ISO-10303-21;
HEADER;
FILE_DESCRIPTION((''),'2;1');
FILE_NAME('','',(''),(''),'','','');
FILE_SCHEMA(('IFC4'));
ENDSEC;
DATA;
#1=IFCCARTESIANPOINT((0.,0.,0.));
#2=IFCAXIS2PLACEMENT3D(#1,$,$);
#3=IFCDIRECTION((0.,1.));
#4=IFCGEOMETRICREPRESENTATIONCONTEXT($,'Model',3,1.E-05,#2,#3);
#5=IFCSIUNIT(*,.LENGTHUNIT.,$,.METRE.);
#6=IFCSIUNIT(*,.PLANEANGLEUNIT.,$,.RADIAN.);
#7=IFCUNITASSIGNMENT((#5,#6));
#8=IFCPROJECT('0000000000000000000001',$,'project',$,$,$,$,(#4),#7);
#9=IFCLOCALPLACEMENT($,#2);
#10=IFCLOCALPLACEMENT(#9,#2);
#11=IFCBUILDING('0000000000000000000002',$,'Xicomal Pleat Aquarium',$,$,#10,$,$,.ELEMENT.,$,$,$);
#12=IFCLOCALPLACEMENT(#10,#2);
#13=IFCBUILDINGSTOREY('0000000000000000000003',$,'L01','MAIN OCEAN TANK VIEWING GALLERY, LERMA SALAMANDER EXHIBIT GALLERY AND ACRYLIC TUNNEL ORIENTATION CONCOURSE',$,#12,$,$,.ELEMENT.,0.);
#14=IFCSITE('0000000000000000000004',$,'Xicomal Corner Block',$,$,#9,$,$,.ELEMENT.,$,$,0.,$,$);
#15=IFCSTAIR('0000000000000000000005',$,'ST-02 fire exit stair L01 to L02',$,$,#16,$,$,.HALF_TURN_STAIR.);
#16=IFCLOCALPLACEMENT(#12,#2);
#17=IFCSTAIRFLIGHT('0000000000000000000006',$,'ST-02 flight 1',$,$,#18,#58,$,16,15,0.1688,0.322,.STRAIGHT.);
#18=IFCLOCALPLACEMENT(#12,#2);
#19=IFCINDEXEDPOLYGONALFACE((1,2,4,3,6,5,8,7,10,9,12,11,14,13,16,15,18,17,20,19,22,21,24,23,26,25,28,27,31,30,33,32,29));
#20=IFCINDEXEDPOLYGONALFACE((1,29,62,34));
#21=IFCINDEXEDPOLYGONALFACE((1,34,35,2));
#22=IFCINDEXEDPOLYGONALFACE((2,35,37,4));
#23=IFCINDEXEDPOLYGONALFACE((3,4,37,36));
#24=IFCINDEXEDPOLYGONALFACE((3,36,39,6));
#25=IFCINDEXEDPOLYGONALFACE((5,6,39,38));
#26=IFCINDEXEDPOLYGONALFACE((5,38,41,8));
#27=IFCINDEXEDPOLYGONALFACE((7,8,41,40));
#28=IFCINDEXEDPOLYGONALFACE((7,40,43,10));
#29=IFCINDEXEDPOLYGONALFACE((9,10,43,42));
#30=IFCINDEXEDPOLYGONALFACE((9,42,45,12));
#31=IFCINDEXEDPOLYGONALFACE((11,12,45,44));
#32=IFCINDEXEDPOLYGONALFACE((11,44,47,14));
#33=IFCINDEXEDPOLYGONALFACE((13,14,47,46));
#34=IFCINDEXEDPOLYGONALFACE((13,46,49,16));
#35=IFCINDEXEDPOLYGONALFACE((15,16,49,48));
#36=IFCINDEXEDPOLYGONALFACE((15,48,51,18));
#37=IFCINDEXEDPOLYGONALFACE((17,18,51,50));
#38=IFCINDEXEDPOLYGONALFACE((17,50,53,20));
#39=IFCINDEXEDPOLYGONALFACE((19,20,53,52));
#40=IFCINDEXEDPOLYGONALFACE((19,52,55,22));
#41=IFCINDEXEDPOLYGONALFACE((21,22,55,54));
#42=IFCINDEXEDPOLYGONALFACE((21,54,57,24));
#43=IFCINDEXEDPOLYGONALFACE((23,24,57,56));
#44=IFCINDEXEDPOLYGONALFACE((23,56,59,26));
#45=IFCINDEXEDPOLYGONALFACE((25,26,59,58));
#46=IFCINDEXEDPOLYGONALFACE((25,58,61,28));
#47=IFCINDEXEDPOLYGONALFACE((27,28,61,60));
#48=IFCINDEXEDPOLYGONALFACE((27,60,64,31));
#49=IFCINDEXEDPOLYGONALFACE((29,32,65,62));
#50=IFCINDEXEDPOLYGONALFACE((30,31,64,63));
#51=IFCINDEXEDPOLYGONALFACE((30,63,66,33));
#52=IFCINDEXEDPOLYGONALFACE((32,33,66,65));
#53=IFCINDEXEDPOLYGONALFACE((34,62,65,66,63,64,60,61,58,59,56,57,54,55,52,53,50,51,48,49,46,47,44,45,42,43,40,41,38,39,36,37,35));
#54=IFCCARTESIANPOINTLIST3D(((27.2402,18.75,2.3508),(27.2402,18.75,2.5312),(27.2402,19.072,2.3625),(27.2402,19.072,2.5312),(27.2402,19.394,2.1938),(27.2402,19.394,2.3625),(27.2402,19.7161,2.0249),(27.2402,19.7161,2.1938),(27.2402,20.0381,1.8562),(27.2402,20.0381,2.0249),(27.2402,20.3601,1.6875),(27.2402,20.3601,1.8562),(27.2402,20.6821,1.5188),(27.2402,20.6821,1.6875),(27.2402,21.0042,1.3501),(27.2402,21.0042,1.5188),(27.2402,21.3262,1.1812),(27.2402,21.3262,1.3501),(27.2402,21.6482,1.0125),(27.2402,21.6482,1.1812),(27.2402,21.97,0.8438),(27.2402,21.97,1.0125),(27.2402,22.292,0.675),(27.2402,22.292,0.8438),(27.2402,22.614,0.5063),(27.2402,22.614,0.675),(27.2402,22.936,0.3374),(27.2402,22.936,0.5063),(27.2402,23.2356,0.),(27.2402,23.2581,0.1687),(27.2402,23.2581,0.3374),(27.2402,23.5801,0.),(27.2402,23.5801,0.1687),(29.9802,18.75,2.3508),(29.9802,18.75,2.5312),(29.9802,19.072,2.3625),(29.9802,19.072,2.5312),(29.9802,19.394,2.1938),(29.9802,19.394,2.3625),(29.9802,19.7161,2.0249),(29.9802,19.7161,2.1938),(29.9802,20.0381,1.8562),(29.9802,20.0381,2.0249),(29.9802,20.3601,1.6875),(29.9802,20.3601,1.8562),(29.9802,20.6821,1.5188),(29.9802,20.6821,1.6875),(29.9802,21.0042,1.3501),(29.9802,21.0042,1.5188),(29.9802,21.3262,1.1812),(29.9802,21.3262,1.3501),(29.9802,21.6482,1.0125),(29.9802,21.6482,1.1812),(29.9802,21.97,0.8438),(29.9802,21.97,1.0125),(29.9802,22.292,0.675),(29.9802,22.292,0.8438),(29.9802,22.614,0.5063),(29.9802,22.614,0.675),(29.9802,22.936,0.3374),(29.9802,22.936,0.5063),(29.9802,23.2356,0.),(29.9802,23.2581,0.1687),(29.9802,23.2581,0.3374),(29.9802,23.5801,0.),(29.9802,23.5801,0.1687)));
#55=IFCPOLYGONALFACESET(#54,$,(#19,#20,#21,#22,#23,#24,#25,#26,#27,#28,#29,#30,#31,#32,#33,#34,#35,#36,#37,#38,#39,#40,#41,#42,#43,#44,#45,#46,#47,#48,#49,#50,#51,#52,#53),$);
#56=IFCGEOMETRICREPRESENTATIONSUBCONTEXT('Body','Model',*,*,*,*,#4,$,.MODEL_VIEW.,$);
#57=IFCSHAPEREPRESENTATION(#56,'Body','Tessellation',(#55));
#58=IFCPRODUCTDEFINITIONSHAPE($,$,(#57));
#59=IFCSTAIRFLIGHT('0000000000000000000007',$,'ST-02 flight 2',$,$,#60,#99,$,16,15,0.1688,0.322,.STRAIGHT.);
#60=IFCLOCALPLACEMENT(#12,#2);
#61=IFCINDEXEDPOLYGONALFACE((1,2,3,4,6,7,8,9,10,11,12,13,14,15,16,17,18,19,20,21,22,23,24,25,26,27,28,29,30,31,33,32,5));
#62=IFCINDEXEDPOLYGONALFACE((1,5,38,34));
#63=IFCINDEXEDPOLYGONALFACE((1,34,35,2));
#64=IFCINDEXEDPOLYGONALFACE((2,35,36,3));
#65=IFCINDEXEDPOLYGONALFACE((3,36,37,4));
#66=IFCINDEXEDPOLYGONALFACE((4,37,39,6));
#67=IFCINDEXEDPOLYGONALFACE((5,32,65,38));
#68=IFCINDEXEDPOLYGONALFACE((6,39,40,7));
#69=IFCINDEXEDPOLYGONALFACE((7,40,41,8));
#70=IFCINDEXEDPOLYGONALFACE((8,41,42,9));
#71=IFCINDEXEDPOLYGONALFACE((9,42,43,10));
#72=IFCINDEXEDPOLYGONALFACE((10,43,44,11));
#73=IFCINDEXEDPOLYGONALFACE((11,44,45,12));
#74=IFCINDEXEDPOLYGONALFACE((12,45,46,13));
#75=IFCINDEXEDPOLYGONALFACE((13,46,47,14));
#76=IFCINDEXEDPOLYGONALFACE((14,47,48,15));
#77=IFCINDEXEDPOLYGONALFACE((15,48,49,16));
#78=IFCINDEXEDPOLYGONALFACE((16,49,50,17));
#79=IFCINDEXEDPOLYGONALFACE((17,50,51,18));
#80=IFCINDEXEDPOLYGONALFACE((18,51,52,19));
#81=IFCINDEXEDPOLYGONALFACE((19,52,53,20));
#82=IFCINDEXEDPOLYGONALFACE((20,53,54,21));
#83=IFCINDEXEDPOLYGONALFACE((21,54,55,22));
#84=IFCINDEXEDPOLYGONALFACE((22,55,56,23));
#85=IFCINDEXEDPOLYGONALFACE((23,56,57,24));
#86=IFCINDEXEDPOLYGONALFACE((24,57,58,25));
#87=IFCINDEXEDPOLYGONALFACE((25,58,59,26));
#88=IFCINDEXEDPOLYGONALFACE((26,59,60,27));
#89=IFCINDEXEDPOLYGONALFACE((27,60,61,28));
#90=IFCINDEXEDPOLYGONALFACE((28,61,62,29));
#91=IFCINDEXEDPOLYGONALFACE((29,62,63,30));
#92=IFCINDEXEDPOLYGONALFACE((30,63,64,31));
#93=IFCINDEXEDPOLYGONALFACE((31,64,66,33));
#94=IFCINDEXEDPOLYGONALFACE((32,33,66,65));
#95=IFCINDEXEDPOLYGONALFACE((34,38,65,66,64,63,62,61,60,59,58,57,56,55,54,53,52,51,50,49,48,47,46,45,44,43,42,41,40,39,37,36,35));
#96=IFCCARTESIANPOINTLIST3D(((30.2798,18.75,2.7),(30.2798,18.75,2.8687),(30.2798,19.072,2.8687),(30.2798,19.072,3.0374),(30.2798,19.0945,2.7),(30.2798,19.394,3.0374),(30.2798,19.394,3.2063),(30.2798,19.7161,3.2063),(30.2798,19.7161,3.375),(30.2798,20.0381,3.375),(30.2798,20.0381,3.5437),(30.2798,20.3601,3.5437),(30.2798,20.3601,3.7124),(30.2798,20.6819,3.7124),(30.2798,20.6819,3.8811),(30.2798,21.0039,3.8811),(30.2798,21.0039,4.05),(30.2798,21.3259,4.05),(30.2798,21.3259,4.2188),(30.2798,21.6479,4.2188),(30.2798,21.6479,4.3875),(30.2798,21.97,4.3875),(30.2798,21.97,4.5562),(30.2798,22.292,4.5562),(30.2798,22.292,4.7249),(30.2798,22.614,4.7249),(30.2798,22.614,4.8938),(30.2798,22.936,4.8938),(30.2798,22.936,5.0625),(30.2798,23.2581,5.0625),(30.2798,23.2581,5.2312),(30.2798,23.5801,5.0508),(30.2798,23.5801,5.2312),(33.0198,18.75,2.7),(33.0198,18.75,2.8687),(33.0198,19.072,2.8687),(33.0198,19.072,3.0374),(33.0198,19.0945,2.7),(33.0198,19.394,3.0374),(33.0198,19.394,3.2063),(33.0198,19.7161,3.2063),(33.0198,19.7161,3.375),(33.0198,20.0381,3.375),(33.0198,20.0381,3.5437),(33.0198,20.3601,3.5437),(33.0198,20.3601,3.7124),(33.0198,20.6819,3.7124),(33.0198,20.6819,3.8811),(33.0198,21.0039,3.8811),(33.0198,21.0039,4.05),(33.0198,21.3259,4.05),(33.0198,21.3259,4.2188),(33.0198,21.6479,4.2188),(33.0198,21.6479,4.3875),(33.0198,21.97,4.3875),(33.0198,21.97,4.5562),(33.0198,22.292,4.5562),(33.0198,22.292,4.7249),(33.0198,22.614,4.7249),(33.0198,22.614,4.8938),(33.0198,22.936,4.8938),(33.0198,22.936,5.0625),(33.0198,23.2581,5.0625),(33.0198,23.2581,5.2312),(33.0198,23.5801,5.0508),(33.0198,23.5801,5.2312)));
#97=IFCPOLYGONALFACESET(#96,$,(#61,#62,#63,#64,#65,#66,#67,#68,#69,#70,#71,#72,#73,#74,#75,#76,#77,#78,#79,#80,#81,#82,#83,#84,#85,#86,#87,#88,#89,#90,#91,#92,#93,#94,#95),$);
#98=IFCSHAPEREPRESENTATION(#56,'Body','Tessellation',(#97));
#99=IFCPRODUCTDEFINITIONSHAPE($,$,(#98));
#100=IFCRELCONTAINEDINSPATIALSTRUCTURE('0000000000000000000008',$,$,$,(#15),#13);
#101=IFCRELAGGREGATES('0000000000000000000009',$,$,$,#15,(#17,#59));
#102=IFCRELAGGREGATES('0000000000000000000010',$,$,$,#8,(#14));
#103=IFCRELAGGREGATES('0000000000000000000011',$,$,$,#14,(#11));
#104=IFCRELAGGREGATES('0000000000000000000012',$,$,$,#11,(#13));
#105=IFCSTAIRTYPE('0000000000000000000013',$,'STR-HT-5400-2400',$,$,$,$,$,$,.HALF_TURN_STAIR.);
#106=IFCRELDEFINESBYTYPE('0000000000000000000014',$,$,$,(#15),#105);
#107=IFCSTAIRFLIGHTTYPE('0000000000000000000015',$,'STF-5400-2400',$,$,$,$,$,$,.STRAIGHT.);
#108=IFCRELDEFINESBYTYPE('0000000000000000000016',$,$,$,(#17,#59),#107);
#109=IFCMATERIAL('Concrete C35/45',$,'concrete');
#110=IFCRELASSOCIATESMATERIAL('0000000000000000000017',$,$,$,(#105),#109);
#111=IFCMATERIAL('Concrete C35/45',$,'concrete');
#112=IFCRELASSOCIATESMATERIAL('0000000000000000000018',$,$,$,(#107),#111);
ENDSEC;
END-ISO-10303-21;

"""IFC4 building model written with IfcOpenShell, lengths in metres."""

from ifc_helpers import new_model, si_unit, direction, frame, origin, place, context, subcontext, project, spatial, polyline, outline, extrude, material, type_object, element, aggregate, save


model = new_model("IFC4")

# Units and contexts
model_context = context("Model", 3, precision=1e-05, world=origin(), true_north=direction((0.0, 1.0)))
body_context = subcontext(model_context, "Body", "Model", "MODEL_VIEW")
ifc_project = project(units=[si_unit("LENGTHUNIT", "METRE"), si_unit("PLANEANGLEUNIT", "RADIAN")], contexts=[model_context])

# Site, building, storey
site_placement = place(None, origin())
site = spatial("IfcSite", under=ifc_project, at=site_placement, Name="Xicomal Corner Block", CompositionType="ELEMENT", RefElevation=0.0)
building_placement = place(site_placement, origin())
building = spatial("IfcBuilding", under=site, at=building_placement, Name="Xicomal Pleat Aquarium", CompositionType="ELEMENT")
storey_placement = place(building_placement, origin())
storey = spatial("IfcBuildingStorey", under=building, at=storey_placement, Name="L01", Description="MAIN OCEAN TANK VIEWING GALLERY, LERMA SALAMANDER EXHIBIT GALLERY AND ACRYLIC TUNNEL ORIENTATION CONCOURSE", CompositionType="ELEMENT", Elevation=0.0)

# Stair, stair flights
ifc_material_1 = material(Name="Concrete C35/45", Category="concrete")
stair_type = type_object("IfcStairType", Name="STR-HT-5400-2400", PredefinedType="HALF_TURN_STAIR", material=ifc_material_1)
stair_placement = place(storey_placement, origin())
stair = element("IfcStair", 1, at=stair_placement, inside=storey, type_object=stair_type, Name="ST-02 fire exit stair L01 to L02", PredefinedType="HALF_TURN_STAIR")
ifc_material_2 = material(Name="Concrete C35/45", Category="concrete")
stair_flight_type = type_object("IfcStairFlightType", Name="STF-5400-2400", PredefinedType="STRAIGHT", material=ifc_material_2)
stair_flight_1_placement = place(storey_placement, frame((28.6101, 23.5801, 0.0), z_axis=(0.0, 0.0, 1.0), x_axis=(0.0, -1.0, 0.0)))
stair_flight_1 = element("IfcStairFlight", 2, at=stair_flight_1_placement, type_object=stair_flight_type, Name="ST-02 flight 1", NumberOfRisers=16, NumberOfTreads=15, PredefinedType="STRAIGHT", RiserHeight=0.1688, TreadLength=0.322, context=body_context, shape_type="SweptSolid", body=[
    extrude(outline(polyline([(0.0, 0.0), (0.0, 0.1687), (0.322, 0.1687), (0.322, 0.3374), (0.644, 0.3374), (0.644, 0.5063), (0.9661, 0.5063), (0.9661, 0.675), (1.2881, 0.675), (1.2881, 0.8438), (1.6101, 0.8438), (1.6101, 1.0125), (1.9319, 1.0125), (1.9319, 1.1812), (2.2539, 1.1812), (2.2539, 1.3501), (2.5759, 1.3501), (2.5759, 1.5188), (2.8979, 1.5188), (2.8979, 1.6875), (3.22, 1.6875), (3.22, 1.8562), (3.542, 1.8562), (3.542, 2.0249), (3.864, 2.0249), (3.864, 2.1938), (4.186, 2.1938), (4.186, 2.3625), (4.5081, 2.3625), (4.5081, 2.5312), (4.8301, 2.5312), (4.8301, 2.7), (4.8301, 2.3508), (0.3445, 0.0), (0.0, 0.0)])), frame((0.0, 1.3701, 0.0), z_axis=(0.0, -1.0, 0.0), x_axis=(1.0, 0.0, 0.0)), (0.0, 0.0, 1.0), 2.74),
])
stair_flight_2_placement = place(storey_placement, frame((31.6499, 18.75, 2.7), z_axis=(0.0, 0.0, 1.0), x_axis=(0.0, 1.0, 0.0)))
stair_flight_2 = element("IfcStairFlight", 3, at=stair_flight_2_placement, type_object=stair_flight_type, Name="ST-02 flight 2", NumberOfRisers=16, NumberOfTreads=15, PredefinedType="STRAIGHT", RiserHeight=0.1688, TreadLength=0.322, context=body_context, shape_type="SweptSolid", body=[
    extrude(outline(polyline([(0.0, 0.0), (0.0, 0.1687), (0.322, 0.1687), (0.322, 0.3374), (0.644, 0.3374), (0.644, 0.5063), (0.9661, 0.5063), (0.9661, 0.675), (1.2881, 0.675), (1.2881, 0.8438), (1.6101, 0.8438), (1.6101, 1.0125), (1.9319, 1.0125), (1.9319, 1.1812), (2.2539, 1.1812), (2.2539, 1.3501), (2.5759, 1.3501), (2.5759, 1.5188), (2.8979, 1.5188), (2.8979, 1.6875), (3.22, 1.6875), (3.22, 1.8562), (3.542, 1.8562), (3.542, 2.0249), (3.864, 2.0249), (3.864, 2.1938), (4.186, 2.1938), (4.186, 2.3625), (4.5081, 2.3625), (4.5081, 2.5312), (4.8301, 2.5312), (4.8301, 2.7), (4.8301, 2.3508), (0.3445, 0.0), (0.0, 0.0)])), frame((0.0, 1.3701, 0.0), z_axis=(0.0, -1.0, 0.0), x_axis=(1.0, 0.0, 0.0)), (0.0, 0.0, 1.0), 2.74),
])
aggregate(stair, [stair_flight_1, stair_flight_2])

save(model, "model.ifc")
